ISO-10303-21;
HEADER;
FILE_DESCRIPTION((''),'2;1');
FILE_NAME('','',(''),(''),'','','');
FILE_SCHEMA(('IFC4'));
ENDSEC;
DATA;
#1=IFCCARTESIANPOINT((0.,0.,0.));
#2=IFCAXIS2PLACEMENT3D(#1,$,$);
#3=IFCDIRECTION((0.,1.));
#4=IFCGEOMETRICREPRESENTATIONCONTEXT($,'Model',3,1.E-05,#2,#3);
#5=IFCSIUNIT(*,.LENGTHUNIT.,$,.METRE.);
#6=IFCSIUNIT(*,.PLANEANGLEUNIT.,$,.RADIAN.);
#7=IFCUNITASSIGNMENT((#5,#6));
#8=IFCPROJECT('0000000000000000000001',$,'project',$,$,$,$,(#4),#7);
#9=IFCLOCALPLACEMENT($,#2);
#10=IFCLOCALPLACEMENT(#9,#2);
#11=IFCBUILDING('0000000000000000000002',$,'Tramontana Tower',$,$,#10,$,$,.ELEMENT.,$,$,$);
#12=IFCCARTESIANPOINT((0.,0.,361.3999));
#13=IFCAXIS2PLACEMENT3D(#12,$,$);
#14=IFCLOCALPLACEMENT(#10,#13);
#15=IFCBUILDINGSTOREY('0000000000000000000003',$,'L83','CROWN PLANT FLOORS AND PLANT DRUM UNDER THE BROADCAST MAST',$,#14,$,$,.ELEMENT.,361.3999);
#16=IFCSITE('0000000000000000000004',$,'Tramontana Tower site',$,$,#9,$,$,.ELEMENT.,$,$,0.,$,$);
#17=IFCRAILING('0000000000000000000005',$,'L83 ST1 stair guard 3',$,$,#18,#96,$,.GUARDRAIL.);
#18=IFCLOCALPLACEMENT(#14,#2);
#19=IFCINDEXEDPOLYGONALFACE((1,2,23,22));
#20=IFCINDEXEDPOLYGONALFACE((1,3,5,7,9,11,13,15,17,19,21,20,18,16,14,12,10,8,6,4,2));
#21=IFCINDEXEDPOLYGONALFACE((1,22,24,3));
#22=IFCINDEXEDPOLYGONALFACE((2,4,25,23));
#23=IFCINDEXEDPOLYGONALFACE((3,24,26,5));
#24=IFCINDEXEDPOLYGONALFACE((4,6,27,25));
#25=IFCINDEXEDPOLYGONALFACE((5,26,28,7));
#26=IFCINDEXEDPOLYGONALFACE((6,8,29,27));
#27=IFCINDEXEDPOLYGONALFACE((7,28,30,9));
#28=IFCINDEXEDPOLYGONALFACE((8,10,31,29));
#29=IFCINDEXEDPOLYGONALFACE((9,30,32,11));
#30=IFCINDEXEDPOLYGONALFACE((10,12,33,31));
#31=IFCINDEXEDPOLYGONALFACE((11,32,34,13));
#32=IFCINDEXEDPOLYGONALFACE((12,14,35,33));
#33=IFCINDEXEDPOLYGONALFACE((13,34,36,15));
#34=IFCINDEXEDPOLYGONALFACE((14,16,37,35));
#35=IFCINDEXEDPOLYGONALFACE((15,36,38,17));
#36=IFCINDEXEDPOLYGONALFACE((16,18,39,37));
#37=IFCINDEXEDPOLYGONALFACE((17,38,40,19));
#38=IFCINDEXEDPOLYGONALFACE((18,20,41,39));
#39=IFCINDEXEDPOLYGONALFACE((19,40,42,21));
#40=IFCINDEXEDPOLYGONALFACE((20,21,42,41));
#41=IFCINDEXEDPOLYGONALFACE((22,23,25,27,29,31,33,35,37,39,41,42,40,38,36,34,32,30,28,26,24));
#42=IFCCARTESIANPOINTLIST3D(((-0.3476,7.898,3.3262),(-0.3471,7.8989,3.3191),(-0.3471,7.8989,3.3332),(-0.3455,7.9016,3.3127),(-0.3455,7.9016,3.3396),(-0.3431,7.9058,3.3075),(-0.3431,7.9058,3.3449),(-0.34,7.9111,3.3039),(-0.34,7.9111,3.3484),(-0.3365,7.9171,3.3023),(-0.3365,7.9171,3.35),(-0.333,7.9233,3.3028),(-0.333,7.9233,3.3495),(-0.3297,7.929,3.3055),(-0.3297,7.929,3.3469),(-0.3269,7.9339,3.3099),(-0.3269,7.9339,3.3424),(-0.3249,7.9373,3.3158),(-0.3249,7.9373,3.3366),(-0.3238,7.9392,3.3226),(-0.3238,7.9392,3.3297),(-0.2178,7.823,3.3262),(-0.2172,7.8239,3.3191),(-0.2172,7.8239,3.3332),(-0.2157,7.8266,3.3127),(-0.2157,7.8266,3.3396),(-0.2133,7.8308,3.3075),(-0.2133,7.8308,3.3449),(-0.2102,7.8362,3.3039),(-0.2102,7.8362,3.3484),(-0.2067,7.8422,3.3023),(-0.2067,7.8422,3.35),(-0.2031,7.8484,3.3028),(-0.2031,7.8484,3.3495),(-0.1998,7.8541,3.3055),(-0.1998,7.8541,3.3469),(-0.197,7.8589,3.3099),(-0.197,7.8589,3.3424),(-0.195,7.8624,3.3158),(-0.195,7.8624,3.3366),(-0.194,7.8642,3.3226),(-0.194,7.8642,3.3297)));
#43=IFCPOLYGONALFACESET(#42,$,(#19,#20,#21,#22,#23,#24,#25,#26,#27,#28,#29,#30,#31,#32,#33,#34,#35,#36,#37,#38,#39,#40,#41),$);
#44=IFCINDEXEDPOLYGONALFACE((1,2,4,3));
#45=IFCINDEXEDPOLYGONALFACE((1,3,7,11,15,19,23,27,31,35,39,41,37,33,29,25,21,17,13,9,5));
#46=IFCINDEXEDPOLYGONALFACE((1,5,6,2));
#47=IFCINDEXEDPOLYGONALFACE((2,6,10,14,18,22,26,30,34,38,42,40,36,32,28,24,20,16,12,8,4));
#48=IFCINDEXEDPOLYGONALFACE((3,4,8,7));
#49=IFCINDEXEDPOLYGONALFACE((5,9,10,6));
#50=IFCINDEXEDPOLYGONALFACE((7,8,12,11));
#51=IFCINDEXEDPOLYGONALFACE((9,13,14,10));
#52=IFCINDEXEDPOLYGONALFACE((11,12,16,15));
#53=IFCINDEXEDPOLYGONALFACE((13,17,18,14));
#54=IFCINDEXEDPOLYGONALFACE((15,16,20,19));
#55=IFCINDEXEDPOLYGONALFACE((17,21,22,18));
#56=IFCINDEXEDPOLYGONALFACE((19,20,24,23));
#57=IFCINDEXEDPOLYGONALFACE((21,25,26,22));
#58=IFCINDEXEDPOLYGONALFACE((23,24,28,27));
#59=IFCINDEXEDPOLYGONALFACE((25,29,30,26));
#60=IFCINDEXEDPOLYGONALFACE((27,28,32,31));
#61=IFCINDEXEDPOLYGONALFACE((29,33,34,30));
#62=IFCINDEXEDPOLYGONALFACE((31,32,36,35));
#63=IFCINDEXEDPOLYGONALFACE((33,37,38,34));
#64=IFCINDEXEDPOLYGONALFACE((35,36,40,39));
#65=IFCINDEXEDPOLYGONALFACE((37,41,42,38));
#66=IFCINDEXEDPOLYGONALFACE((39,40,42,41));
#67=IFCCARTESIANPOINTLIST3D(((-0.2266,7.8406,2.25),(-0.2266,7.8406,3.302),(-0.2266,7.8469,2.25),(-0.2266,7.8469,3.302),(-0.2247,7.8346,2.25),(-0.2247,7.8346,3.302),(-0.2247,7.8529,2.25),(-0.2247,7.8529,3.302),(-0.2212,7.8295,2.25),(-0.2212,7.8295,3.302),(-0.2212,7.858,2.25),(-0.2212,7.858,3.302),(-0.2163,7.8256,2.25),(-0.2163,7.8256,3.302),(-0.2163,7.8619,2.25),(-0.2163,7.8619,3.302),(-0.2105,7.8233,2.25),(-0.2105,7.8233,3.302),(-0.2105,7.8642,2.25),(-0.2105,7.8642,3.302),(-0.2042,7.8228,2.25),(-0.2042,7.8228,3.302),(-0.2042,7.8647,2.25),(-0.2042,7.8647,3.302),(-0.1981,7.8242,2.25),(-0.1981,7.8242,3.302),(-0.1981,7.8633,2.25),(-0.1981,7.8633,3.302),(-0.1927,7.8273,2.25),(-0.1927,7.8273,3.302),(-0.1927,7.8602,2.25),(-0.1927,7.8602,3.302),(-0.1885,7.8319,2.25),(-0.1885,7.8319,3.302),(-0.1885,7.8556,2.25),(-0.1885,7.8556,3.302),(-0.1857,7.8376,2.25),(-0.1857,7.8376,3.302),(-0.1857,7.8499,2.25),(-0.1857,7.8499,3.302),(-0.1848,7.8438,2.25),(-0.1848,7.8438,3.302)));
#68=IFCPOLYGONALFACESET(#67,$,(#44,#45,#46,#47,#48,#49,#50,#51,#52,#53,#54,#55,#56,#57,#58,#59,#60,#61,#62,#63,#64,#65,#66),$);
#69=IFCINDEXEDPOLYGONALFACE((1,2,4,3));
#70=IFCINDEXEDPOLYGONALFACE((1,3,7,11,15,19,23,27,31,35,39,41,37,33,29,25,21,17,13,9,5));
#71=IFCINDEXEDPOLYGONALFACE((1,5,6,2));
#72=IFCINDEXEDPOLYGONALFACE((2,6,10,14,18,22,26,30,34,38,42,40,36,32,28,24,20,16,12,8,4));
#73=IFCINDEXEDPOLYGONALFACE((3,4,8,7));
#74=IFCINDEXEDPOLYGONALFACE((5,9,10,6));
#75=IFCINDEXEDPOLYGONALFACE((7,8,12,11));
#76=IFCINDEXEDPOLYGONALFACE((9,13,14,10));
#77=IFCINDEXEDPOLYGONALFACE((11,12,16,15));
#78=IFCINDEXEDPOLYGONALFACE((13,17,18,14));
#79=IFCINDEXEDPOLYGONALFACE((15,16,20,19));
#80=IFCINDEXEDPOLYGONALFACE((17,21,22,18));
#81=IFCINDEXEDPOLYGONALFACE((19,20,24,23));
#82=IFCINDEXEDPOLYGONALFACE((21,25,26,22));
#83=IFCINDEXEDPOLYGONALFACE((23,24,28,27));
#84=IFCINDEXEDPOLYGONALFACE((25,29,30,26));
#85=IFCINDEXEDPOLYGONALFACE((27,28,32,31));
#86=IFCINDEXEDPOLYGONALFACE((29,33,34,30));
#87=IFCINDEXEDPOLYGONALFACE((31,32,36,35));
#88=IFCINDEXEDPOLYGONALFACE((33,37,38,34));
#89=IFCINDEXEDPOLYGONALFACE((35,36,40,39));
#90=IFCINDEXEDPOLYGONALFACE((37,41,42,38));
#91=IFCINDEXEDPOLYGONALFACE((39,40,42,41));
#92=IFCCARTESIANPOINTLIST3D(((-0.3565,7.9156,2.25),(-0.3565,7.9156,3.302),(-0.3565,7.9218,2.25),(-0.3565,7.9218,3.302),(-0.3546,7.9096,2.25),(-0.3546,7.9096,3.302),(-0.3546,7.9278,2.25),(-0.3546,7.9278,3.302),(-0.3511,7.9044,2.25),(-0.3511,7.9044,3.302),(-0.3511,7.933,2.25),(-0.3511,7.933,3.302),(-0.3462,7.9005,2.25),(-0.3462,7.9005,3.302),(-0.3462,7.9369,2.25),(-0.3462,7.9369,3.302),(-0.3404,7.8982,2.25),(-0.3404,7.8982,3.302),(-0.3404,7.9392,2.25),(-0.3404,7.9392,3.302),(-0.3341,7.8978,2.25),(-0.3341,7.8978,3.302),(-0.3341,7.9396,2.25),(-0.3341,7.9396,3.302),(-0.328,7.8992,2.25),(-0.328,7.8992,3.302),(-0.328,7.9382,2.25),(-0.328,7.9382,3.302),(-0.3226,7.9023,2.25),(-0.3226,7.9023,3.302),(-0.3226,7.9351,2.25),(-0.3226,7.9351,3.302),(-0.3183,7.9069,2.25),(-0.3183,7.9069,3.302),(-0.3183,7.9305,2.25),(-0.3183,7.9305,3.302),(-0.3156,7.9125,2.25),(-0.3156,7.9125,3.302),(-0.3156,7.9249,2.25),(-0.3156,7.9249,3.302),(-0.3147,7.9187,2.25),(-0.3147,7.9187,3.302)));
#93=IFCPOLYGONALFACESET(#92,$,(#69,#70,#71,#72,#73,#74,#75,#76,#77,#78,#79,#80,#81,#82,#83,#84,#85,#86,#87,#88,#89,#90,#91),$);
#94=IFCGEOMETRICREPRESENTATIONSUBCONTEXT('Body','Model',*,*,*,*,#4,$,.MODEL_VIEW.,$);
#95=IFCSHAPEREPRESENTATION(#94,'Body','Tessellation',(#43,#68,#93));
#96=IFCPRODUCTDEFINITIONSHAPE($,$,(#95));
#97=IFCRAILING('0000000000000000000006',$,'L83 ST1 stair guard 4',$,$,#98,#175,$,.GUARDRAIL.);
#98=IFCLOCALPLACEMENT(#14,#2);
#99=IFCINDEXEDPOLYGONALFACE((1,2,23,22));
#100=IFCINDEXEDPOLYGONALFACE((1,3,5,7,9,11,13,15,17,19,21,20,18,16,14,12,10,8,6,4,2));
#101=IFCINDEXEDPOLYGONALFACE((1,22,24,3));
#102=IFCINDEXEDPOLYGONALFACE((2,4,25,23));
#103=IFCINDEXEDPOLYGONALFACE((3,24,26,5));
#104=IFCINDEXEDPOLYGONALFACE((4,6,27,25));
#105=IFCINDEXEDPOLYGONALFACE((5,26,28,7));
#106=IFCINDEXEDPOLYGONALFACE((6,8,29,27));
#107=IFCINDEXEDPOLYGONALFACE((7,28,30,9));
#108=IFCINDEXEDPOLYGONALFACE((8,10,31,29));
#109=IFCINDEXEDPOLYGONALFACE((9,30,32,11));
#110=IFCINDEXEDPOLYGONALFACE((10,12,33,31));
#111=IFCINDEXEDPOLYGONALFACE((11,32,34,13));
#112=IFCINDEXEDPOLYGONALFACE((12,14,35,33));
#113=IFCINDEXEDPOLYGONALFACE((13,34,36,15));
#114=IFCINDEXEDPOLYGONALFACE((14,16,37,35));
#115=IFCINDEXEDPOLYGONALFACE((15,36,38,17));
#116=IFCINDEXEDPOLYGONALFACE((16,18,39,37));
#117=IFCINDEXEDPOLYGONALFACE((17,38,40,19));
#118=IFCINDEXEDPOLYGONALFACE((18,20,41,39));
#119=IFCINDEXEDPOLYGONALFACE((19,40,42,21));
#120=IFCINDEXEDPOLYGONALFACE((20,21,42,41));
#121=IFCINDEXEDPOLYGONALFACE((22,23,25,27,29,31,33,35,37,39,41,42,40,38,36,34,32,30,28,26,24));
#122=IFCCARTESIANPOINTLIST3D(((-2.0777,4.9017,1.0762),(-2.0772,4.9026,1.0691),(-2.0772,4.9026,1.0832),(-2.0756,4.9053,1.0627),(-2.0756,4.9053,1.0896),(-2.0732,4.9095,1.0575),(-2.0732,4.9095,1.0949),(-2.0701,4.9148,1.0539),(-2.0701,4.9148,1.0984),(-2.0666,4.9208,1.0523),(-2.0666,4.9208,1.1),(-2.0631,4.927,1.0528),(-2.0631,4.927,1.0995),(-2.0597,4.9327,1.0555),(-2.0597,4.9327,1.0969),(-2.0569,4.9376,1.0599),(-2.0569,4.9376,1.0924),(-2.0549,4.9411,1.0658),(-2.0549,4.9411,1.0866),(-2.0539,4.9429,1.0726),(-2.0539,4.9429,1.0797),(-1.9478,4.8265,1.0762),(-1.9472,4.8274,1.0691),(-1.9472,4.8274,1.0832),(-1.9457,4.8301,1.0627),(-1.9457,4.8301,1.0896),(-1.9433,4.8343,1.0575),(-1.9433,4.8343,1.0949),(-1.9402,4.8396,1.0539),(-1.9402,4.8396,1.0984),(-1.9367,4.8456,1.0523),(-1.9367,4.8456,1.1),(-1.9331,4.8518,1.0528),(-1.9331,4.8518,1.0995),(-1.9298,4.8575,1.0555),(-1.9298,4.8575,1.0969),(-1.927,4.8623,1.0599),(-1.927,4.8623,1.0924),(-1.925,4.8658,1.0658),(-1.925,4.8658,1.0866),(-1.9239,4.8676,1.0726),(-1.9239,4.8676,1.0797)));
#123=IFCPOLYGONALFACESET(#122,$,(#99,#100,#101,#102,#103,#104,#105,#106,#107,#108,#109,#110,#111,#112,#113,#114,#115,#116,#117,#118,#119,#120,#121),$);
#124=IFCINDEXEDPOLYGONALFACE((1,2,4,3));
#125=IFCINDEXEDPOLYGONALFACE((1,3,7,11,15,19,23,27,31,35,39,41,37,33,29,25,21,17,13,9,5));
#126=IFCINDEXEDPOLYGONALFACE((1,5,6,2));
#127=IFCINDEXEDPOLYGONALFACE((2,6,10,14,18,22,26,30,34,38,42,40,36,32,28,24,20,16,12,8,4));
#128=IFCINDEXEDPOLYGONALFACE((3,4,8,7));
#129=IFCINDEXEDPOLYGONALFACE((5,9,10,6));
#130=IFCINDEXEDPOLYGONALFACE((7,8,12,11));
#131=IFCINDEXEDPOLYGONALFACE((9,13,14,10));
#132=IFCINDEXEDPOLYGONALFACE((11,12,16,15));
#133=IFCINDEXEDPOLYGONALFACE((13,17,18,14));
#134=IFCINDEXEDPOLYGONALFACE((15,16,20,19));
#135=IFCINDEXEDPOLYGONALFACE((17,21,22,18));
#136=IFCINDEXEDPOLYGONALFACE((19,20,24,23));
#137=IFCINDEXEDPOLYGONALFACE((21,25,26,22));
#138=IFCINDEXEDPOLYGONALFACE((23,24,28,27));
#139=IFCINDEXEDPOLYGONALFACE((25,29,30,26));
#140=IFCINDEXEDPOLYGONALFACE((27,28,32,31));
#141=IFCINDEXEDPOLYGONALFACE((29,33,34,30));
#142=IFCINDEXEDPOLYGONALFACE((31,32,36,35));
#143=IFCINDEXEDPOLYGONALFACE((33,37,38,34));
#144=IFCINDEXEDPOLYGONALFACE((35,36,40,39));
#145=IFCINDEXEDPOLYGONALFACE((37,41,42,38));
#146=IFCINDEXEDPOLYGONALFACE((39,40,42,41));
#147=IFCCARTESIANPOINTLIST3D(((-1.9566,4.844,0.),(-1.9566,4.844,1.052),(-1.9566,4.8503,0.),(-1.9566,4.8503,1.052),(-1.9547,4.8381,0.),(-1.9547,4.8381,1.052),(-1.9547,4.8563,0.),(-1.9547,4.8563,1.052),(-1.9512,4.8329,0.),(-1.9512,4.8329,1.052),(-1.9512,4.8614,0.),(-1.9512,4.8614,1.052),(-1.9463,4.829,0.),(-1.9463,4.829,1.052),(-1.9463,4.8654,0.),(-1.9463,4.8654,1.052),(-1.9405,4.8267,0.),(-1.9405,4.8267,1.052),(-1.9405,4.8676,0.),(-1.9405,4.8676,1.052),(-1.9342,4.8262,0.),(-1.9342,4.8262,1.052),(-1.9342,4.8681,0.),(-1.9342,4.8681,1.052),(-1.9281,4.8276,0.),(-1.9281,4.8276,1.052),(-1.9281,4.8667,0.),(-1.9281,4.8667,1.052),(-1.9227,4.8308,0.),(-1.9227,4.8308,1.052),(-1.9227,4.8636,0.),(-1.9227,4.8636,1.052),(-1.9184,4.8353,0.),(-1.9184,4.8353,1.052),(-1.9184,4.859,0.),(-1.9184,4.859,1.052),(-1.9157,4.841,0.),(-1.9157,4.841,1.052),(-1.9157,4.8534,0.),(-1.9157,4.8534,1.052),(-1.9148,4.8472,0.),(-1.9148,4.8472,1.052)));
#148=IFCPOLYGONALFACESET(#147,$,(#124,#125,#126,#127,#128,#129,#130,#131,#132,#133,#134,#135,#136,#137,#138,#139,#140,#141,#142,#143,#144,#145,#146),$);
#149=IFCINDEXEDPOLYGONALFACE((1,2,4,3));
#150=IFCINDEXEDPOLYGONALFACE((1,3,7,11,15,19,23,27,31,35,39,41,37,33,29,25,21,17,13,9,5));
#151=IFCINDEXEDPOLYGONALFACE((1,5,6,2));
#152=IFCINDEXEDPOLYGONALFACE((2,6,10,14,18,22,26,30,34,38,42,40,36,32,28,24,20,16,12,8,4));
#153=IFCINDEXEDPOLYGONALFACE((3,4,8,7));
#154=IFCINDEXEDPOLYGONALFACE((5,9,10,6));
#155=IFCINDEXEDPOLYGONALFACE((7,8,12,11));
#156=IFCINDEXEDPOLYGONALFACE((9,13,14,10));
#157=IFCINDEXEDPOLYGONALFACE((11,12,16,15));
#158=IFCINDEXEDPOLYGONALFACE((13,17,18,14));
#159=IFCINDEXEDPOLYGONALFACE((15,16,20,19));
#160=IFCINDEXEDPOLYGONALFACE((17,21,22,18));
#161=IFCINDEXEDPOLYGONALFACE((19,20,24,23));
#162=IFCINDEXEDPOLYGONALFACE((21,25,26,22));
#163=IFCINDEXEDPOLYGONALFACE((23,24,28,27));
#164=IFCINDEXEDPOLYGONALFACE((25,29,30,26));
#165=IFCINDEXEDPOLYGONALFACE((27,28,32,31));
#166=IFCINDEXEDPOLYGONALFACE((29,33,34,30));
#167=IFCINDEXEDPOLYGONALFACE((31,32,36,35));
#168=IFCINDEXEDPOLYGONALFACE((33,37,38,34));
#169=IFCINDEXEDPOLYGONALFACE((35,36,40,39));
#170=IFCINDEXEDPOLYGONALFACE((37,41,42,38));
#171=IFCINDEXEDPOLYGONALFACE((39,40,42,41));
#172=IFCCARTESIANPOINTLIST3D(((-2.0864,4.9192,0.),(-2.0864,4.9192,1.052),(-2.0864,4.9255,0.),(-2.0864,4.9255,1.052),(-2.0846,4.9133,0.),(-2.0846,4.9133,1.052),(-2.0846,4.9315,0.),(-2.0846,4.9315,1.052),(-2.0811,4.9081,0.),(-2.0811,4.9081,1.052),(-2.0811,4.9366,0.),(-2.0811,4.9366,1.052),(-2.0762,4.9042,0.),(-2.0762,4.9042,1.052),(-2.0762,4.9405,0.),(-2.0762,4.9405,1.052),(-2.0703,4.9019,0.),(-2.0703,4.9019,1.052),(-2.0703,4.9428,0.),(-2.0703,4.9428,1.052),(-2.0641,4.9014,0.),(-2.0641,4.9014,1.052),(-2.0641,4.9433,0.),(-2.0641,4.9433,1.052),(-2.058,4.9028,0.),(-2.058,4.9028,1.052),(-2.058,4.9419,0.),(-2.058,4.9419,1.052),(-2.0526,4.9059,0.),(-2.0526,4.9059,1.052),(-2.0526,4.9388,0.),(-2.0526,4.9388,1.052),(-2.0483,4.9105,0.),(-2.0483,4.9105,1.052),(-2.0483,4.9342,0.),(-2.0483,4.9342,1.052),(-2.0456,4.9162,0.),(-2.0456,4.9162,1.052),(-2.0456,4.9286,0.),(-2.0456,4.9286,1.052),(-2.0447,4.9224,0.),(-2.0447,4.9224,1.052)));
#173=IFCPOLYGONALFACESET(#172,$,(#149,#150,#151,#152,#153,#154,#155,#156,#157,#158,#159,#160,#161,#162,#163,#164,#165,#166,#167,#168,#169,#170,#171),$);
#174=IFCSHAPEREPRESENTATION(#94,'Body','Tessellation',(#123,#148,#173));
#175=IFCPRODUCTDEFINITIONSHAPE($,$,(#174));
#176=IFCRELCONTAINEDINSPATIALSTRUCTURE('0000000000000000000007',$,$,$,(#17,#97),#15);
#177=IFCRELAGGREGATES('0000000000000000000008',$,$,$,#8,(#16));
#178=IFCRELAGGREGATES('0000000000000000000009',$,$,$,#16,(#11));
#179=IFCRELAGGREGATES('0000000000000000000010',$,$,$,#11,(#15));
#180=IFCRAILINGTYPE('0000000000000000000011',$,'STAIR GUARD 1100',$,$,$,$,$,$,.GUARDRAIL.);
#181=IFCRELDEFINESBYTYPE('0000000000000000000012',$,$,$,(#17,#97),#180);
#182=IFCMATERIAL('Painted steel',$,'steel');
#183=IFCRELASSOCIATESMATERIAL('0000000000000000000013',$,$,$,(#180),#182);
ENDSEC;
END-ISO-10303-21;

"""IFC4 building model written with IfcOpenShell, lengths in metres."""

from ifc_helpers import new_model, si_unit, direction, frame, origin, origin_2d, place, context, subcontext, project, spatial, circle, extrude, material, type_object, element, save


model = new_model("IFC4")

# Units and contexts
model_context = context("Model", 3, precision=1e-05, world=origin(), true_north=direction((0.0, 1.0)))
body_context = subcontext(model_context, "Body", "Model", "MODEL_VIEW")
ifc_project = project(units=[si_unit("LENGTHUNIT", "METRE"), si_unit("PLANEANGLEUNIT", "RADIAN")], contexts=[model_context])

# Site, building, storey
site_placement = place(None, origin())
site = spatial("IfcSite", under=ifc_project, at=site_placement, Name="Tramontana Tower site", CompositionType="ELEMENT", RefElevation=0.0)
building_placement = place(site_placement, origin())
building = spatial("IfcBuilding", under=site, at=building_placement, Name="Tramontana Tower", CompositionType="ELEMENT")
storey_placement = place(building_placement, frame((0.0, 0.0, 361.3999)))
storey = spatial("IfcBuildingStorey", under=building, at=storey_placement, Name="L83", Description="CROWN PLANT FLOORS AND PLANT DRUM UNDER THE BROADCAST MAST", CompositionType="ELEMENT", Elevation=361.3999)

# Railings
ifc_material_1 = material(Name="Painted steel", Category="steel")
railing_type_1 = type_object("IfcRailingType", Name="STAIR GUARD 1100", PredefinedType="GUARDRAIL", material=ifc_material_1)
railing_1_placement = place(storey_placement, frame((-0.2058, 7.8438, 2.25)))
element("IfcRailing", 1, at=railing_1_placement, inside=storey, type_object=railing_type_1, Name="L83 ST1 stair guard 3", PredefinedType="GUARDRAIL", context=body_context, shape_type="SweptSolid", body=[
    extrude(circle(Radius=0.0239, at=origin_2d()), frame((0.0, 0.0, 1.0762), z_axis=(-0.866131, 0.499816, 0.0), x_axis=(-0.499816, -0.866131, 0.0)), (0.0, 0.0, 1.0), 0.1499),
    extrude(circle(Radius=0.021, at=origin_2d()), origin(), (0.0, 0.0, 1.0), 1.052),
    extrude(circle(Radius=0.021, at=origin_2d()), frame((-0.1299, 0.075, 0.0)), (0.0, 0.0, 1.0), 1.052),
])
railing_2_placement = place(storey_placement, frame((-1.9358, 4.8472, 0.0)))
element("IfcRailing", 2, at=railing_2_placement, inside=storey, type_object=railing_type_1, Name="L83 ST1 stair guard 4", PredefinedType="GUARDRAIL", context=body_context, shape_type="SweptSolid", body=[
    extrude(circle(Radius=0.0239, at=origin_2d()), frame((0.0, 0.0, 1.0762), z_axis=(-0.865426, 0.501036, 0.0), x_axis=(-0.501036, -0.865426, 0.0)), (0.0, 0.0, 1.0), 0.1501),
    extrude(circle(Radius=0.021, at=origin_2d()), origin(), (0.0, 0.0, 1.0), 1.052),
    extrude(circle(Radius=0.021, at=origin_2d()), frame((-0.1299, 0.0752, 0.0)), (0.0, 0.0, 1.0), 1.052),
])

save(model, "model.ifc")
